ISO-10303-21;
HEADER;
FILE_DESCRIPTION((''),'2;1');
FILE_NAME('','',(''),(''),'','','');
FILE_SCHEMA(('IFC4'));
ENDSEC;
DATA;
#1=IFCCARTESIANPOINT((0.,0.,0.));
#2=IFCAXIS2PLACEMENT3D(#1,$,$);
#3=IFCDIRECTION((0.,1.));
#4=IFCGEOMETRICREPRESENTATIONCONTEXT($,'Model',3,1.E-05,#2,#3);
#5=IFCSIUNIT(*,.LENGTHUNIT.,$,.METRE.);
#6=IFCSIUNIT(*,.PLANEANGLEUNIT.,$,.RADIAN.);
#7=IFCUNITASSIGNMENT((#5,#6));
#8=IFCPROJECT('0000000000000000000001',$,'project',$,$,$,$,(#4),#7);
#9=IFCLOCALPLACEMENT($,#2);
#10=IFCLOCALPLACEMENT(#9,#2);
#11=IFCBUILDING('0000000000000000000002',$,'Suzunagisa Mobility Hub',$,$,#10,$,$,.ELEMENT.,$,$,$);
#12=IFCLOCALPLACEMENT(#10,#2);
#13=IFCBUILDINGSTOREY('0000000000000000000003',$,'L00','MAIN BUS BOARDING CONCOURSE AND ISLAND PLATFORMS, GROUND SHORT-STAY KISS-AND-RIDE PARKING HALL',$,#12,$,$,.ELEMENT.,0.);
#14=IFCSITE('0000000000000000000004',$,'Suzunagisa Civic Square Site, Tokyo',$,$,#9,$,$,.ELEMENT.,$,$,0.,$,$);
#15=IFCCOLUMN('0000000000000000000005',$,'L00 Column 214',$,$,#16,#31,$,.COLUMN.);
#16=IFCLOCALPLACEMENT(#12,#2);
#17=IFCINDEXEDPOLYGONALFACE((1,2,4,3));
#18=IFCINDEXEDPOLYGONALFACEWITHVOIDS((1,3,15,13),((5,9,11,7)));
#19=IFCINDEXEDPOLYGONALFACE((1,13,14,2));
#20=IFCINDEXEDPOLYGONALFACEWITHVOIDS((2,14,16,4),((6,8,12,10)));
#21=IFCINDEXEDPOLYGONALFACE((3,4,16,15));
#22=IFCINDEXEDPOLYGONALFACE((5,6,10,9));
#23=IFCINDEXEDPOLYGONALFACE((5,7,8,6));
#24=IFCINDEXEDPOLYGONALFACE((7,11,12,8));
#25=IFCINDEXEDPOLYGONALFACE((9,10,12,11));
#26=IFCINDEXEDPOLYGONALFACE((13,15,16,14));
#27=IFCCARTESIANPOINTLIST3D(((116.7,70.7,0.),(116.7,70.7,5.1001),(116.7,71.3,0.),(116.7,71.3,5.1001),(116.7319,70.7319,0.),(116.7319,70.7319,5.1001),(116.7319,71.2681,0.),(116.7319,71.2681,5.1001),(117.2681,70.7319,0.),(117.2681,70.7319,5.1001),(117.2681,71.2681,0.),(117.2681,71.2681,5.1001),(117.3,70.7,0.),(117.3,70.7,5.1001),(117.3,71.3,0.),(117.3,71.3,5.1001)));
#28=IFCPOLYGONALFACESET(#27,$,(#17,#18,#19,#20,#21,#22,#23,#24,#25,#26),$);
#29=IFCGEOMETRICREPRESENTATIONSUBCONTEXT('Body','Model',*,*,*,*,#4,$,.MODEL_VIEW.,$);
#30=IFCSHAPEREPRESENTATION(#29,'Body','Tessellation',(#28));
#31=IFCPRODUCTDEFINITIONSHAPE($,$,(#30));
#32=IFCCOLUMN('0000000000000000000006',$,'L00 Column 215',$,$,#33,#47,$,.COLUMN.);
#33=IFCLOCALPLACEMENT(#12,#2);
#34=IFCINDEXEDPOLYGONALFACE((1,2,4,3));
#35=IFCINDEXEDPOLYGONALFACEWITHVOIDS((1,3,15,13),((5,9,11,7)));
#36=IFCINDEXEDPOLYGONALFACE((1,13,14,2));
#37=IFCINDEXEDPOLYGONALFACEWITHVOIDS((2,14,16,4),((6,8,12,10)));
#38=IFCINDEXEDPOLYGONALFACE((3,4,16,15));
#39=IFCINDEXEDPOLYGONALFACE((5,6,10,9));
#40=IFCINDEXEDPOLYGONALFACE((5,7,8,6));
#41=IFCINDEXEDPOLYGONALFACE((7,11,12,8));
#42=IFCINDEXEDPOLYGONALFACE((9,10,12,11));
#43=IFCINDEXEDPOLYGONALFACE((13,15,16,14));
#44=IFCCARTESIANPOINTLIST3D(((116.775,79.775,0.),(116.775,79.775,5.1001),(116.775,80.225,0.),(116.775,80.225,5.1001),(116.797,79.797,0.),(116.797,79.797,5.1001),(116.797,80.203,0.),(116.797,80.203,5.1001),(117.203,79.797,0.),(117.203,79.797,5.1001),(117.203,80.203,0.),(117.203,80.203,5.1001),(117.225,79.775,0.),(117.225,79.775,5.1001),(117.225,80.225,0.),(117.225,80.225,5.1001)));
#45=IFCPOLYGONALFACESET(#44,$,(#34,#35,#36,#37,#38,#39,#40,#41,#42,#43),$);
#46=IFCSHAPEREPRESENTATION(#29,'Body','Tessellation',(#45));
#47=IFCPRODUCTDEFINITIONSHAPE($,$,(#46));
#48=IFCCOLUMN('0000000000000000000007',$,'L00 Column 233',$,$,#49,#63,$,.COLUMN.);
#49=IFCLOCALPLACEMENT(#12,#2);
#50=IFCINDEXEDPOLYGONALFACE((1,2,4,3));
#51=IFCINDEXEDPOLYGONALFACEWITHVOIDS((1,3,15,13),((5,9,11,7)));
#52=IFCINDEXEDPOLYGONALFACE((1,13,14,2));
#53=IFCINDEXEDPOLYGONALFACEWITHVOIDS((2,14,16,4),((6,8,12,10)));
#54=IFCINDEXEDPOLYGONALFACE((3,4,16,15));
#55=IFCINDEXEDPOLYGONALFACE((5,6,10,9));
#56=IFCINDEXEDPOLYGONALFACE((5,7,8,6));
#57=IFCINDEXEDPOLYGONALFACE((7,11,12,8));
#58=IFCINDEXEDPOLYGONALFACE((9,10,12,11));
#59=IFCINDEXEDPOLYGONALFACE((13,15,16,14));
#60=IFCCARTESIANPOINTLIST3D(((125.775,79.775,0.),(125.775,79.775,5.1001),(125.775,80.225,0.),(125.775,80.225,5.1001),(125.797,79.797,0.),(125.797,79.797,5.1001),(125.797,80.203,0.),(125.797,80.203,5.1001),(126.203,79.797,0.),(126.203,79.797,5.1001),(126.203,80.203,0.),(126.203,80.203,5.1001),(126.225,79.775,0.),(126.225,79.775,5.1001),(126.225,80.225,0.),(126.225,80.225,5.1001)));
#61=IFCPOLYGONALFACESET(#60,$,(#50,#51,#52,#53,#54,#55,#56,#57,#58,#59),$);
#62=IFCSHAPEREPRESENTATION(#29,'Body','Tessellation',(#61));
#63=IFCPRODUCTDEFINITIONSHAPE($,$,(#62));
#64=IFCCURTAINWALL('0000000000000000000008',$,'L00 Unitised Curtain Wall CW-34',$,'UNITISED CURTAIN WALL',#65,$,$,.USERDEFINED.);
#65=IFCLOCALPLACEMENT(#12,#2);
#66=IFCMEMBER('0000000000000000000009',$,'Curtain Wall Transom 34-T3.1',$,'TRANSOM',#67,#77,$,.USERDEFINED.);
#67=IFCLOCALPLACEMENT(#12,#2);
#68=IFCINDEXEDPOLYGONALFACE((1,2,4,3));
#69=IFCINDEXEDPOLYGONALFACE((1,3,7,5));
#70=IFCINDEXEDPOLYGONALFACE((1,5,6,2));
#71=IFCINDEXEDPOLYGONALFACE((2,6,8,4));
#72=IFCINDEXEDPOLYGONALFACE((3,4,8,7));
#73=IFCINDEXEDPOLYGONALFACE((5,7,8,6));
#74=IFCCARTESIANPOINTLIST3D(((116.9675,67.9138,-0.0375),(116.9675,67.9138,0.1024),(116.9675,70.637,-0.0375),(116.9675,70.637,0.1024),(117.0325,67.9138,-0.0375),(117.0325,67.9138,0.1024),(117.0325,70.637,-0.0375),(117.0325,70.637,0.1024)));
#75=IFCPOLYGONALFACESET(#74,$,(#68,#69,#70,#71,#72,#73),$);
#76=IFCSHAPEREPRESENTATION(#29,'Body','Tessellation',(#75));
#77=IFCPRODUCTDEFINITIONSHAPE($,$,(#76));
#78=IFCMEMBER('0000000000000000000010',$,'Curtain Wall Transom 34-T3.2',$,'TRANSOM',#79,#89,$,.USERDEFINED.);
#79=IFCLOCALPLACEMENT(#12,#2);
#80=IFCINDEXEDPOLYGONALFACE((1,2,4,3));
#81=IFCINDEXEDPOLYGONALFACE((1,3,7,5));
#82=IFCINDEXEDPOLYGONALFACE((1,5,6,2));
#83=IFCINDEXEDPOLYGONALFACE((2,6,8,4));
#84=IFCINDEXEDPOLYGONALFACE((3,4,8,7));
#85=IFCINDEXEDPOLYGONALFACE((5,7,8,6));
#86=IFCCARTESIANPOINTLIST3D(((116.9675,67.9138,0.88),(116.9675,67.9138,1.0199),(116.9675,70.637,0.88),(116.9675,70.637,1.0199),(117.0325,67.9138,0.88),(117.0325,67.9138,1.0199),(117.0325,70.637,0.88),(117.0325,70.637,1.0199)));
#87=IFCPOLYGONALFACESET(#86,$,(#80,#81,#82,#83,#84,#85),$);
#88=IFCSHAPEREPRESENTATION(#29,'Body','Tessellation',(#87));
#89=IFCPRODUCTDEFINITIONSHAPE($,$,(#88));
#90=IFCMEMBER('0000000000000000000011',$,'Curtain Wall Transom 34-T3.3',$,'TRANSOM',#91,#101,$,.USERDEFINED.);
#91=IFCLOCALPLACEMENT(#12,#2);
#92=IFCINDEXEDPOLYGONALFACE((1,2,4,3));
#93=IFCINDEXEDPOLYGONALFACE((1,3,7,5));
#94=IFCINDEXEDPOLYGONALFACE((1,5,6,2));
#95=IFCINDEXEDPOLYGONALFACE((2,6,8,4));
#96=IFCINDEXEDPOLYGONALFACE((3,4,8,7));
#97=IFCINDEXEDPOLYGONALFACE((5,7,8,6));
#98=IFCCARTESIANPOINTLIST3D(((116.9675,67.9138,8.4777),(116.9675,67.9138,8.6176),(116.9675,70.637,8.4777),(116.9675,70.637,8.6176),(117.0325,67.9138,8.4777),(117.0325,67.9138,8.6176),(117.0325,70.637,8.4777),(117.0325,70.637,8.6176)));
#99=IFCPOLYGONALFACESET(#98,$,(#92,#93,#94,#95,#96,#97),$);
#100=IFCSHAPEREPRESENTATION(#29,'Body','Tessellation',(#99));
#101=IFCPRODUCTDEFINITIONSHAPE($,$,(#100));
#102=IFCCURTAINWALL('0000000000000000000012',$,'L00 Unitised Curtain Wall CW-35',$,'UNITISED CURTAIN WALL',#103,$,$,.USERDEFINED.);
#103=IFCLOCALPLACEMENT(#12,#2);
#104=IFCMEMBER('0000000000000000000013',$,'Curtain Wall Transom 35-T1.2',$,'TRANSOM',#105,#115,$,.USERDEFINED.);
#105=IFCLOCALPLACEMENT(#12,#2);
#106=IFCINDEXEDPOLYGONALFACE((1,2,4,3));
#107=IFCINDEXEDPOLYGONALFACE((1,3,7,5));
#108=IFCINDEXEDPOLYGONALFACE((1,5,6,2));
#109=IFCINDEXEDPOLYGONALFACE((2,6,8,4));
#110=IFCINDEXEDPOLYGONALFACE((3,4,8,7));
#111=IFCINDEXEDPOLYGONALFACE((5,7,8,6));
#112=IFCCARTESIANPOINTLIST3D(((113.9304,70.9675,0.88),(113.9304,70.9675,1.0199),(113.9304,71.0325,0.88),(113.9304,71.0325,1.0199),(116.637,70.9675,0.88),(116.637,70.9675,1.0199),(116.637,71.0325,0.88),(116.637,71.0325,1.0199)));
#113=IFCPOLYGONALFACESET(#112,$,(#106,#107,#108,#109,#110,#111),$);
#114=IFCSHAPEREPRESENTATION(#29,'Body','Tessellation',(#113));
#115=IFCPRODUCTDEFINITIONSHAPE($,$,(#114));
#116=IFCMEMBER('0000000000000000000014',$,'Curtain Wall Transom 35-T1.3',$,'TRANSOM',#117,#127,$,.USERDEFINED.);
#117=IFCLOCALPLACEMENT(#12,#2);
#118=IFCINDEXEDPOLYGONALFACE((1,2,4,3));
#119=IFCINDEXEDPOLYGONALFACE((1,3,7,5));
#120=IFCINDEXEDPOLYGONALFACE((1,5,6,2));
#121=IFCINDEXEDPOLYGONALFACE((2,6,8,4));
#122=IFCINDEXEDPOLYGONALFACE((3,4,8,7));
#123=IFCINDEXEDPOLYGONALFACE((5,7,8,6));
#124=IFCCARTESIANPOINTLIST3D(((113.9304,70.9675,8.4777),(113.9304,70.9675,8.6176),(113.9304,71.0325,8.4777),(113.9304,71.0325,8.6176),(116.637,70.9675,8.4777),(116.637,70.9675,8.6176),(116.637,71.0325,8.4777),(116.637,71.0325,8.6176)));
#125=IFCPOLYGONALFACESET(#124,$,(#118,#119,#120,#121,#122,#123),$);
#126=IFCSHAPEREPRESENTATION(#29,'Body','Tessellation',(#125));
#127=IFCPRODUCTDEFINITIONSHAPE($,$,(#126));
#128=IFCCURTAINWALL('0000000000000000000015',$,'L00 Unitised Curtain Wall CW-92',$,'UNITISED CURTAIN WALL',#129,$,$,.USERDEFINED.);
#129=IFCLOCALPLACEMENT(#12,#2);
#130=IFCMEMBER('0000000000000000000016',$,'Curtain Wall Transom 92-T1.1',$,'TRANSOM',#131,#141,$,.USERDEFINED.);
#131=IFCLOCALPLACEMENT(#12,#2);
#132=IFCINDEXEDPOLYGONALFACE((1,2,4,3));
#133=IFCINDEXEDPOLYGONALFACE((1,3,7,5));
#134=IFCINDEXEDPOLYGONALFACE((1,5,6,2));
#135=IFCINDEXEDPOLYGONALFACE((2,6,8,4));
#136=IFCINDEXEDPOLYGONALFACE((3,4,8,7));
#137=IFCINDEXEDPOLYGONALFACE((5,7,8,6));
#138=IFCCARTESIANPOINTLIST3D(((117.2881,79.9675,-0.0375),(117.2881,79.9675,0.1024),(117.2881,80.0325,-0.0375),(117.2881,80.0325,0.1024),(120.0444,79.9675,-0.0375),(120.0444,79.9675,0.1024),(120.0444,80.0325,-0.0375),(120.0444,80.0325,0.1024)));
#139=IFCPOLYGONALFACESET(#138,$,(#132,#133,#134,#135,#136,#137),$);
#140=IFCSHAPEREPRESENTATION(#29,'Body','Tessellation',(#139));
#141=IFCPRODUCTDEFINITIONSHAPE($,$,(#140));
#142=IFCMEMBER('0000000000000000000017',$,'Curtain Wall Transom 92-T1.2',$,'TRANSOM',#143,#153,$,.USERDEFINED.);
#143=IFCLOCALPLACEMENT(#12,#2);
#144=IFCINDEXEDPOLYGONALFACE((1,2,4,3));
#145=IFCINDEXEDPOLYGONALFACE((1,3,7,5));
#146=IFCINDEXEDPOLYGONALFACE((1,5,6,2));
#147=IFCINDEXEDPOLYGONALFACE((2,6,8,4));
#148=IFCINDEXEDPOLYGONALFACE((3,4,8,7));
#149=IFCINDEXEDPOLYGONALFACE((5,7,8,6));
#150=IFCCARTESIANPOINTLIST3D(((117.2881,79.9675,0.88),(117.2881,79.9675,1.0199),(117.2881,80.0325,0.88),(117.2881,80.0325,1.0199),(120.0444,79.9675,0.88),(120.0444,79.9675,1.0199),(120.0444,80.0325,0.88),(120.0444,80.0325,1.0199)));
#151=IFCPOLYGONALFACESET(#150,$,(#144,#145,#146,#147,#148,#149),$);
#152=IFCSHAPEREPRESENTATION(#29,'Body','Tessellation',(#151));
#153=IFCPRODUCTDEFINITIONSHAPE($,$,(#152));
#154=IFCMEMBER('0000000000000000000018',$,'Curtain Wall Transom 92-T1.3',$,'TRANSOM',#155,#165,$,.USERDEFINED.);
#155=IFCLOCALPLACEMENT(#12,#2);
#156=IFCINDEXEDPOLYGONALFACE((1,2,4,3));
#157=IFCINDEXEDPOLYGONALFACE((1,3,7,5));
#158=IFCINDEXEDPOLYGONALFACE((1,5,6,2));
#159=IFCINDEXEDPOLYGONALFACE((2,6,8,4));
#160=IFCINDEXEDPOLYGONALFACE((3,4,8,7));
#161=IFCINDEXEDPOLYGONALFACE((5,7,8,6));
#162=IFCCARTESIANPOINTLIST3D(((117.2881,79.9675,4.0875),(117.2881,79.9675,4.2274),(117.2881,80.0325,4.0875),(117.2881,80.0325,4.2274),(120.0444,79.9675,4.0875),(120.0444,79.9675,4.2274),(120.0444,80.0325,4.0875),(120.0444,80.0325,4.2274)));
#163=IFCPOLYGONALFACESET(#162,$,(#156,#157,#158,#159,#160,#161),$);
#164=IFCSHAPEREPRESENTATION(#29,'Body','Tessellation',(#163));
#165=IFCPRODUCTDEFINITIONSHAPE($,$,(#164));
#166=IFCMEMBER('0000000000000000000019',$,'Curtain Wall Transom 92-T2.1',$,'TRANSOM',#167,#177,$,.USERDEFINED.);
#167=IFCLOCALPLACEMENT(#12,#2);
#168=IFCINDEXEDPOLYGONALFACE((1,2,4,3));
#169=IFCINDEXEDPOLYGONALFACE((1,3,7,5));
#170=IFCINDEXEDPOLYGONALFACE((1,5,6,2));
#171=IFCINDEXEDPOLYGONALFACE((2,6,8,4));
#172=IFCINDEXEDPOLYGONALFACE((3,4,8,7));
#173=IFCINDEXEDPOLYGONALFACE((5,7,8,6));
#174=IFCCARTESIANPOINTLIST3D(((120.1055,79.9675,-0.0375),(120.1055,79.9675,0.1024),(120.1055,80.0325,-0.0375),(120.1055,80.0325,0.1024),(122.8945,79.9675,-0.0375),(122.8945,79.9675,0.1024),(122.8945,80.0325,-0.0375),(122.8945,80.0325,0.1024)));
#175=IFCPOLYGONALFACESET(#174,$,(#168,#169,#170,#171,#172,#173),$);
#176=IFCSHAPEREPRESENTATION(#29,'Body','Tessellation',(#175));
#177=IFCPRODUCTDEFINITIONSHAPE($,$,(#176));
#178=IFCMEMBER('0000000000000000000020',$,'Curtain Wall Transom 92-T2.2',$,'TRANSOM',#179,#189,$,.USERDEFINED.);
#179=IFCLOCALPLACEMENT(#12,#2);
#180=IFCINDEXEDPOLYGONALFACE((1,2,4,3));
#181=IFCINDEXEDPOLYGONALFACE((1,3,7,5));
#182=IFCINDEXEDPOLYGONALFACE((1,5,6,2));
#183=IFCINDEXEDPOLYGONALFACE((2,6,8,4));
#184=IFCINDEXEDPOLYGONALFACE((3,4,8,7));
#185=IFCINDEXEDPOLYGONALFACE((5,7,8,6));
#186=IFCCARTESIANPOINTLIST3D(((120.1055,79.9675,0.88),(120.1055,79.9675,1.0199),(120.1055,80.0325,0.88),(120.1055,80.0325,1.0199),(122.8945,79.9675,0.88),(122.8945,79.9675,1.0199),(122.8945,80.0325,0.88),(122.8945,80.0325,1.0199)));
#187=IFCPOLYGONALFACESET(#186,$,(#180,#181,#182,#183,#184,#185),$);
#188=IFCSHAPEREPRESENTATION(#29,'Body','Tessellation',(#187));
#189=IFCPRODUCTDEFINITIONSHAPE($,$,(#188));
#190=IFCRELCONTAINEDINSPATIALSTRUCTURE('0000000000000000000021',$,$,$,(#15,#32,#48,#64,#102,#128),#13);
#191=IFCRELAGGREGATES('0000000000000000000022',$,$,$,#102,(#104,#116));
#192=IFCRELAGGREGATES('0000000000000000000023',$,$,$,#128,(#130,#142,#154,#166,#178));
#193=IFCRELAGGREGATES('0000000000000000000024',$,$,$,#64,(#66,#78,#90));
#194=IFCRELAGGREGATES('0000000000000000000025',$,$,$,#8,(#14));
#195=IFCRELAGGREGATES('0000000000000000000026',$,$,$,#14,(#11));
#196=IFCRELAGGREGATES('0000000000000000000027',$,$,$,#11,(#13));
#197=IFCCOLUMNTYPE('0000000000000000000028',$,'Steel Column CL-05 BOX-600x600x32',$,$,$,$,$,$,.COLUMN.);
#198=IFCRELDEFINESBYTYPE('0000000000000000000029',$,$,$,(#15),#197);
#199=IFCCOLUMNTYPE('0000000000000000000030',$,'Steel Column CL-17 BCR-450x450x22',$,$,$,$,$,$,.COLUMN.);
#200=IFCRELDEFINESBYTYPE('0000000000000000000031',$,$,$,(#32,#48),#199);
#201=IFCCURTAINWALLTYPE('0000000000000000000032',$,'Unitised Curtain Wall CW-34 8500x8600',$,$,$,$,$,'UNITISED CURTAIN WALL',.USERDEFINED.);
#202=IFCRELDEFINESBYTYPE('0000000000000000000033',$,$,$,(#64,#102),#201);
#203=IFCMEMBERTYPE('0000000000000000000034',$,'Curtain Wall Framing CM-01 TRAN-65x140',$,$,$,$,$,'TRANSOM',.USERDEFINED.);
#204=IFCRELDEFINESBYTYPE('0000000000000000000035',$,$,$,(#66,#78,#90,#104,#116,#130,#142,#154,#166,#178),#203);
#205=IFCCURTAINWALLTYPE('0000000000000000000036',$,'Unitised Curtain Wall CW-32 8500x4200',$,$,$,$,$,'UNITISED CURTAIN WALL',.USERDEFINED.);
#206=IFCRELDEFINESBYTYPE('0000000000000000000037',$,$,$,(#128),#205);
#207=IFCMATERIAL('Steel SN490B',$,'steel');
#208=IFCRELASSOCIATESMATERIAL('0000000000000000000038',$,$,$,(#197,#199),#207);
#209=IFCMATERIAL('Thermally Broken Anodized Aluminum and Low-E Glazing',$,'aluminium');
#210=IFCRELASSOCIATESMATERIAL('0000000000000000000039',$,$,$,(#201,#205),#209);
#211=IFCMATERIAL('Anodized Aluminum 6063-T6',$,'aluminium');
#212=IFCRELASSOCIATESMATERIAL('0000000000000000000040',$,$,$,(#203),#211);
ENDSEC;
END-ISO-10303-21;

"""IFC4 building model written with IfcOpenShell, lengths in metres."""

from ifc_helpers import new_model, si_unit, direction, frame, origin, origin_2d, place, context, subcontext, project, spatial, rectangle, hollow_rectangle, extrude, material, material_profile, profile_set, type_object, element, aggregate, save


model = new_model("IFC4")

# Units and contexts
model_context = context("Model", 3, precision=1e-05, world=origin(), true_north=direction((0.0, 1.0)))
body_context = subcontext(model_context, "Body", "Model", "MODEL_VIEW")
ifc_project = project(units=[si_unit("LENGTHUNIT", "METRE"), si_unit("PLANEANGLEUNIT", "RADIAN")], contexts=[model_context])

# Site, building, storey
site_placement = place(None, origin())
site = spatial("IfcSite", under=ifc_project, at=site_placement, Name="Suzunagisa Civic Square Site, Tokyo", CompositionType="ELEMENT", RefElevation=0.0)
building_placement = place(site_placement, origin())
building = spatial("IfcBuilding", under=site, at=building_placement, Name="Suzunagisa Mobility Hub", CompositionType="ELEMENT")
storey_placement = place(building_placement, origin())
storey = spatial("IfcBuildingStorey", under=building, at=storey_placement, Name="L00", Description="MAIN BUS BOARDING CONCOURSE AND ISLAND PLATFORMS, GROUND SHORT-STAY KISS-AND-RIDE PARKING HALL", CompositionType="ELEMENT", Elevation=0.0)

# Columns
ifc_material_1 = material(Name="Steel SN490B", Category="steel")
ifc_material_profile_1 = material_profile(ifc_material_1, hollow_rectangle(XDim=0.6001, YDim=0.6001, WallThickness=0.032, at=origin_2d()), Name="BOX-600x600x32")
ifc_profile_set_1 = profile_set([ifc_material_profile_1], Name="Steel SN490B")
column_type_1 = type_object("IfcColumnType", Name="Steel Column CL-05 BOX-600x600x32", PredefinedType="COLUMN", material=ifc_profile_set_1)
column_placement = place(storey_placement, frame((117.0, 71.0, 0.0), z_axis=(0.0, 0.0, 1.0), x_axis=(1.0, 0.0, 0.0)))
element("IfcColumn", 1, at=column_placement, inside=storey, type_object=column_type_1, Name="L00 Column 214", PredefinedType="COLUMN", context=body_context, shape_type="SweptSolid", body=[
    extrude(hollow_rectangle(XDim=0.6001, YDim=0.6001, WallThickness=0.032, at=origin_2d()), origin(), (0.0, 0.0, 1.0), 5.1001),
])
ifc_material_profile_2 = material_profile(ifc_material_1, hollow_rectangle(XDim=0.45, YDim=0.45, WallThickness=0.022, at=origin_2d()), Name="BCR-450x450x22")
ifc_profile_set_2 = profile_set([ifc_material_profile_2], Name="Steel SN490B")
column_type_2 = type_object("IfcColumnType", Name="Steel Column CL-17 BCR-450x450x22", PredefinedType="COLUMN", material=ifc_profile_set_2)
for number, where, z_axis, x_axis, name in (
    (2, (117.0, 80.0, 0.0), (0.0, 0.0, 1.0), (1.0, 0.0, 0.0), "L00 Column 215"),
    (3, (126.0, 80.0, 0.0), (0.0, 0.0, 1.0), (1.0, 0.0, 0.0), "L00 Column 233"),
):
    element("IfcColumn", number, at=place(storey_placement, frame(where, z_axis=z_axis, x_axis=x_axis)), inside=storey, type_object=column_type_2, Name=name, PredefinedType="COLUMN", context=body_context, shape_type="SweptSolid", body=[
        extrude(hollow_rectangle(XDim=0.45, YDim=0.45, WallThickness=0.022, at=origin_2d()), origin(), (0.0, 0.0, 1.0), 5.1001),
    ])

# Curtain walls, members
ifc_material_2 = material(Name="Thermally Broken Anodized Aluminum and Low-E Glazing", Category="aluminium")
curtain_wall_type_1 = type_object("IfcCurtainWallType", Name="Unitised Curtain Wall CW-34 8500x8600", ElementType="UNITISED CURTAIN WALL", PredefinedType="USERDEFINED", material=ifc_material_2)
curtain_wall_1_placement = place(storey_placement, origin())
curtain_wall_1 = element("IfcCurtainWall", 4, at=curtain_wall_1_placement, inside=storey, type_object=curtain_wall_type_1, Name="L00 Unitised Curtain Wall CW-34", ObjectType="UNITISED CURTAIN WALL", PredefinedType="USERDEFINED")
ifc_material_3 = material(Name="Anodized Aluminum 6063-T6", Category="aluminium")
ifc_material_profile_3 = material_profile(ifc_material_3, rectangle(XDim=0.0649, YDim=0.1399, at=origin_2d()), Name="TRAN-65x140")
ifc_profile_set_3 = profile_set([ifc_material_profile_3], Name="Anodized Aluminum 6063-T6")
member_type_1 = type_object("IfcMemberType", Name="Curtain Wall Framing CM-01 TRAN-65x140", ElementType="TRANSOM", PredefinedType="USERDEFINED", material=ifc_profile_set_3)
member_1_placement = place(storey_placement, frame((117.0, 67.9138, 0.0325), z_axis=(0.0, 1.0, 0.0), x_axis=(-1.0, 0.0, 0.0)))
member_1 = element("IfcMember", 5, at=member_1_placement, type_object=member_type_1, Name="Curtain Wall Transom 34-T3.1", ObjectType="TRANSOM", PredefinedType="USERDEFINED", context=body_context, shape_type="SweptSolid", body=[
    extrude(rectangle(XDim=0.0649, YDim=0.1399, at=origin_2d()), origin(), (0.0, 0.0, 1.0), 2.7231),
])
member_2_placement = place(storey_placement, frame((117.0, 67.9138, 0.95), z_axis=(0.0, 1.0, 0.0), x_axis=(-1.0, 0.0, 0.0)))
member_2 = element("IfcMember", 6, at=member_2_placement, type_object=member_type_1, Name="Curtain Wall Transom 34-T3.2", ObjectType="TRANSOM", PredefinedType="USERDEFINED", context=body_context, shape_type="SweptSolid", body=[
    extrude(rectangle(XDim=0.0649, YDim=0.1399, at=origin_2d()), origin(), (0.0, 0.0, 1.0), 2.7231),
])
member_3_placement = place(storey_placement, frame((117.0, 67.9138, 8.5476), z_axis=(0.0, 1.0, 0.0), x_axis=(-1.0, 0.0, 0.0)))
member_3 = element("IfcMember", 7, at=member_3_placement, type_object=member_type_1, Name="Curtain Wall Transom 34-T3.3", ObjectType="TRANSOM", PredefinedType="USERDEFINED", context=body_context, shape_type="SweptSolid", body=[
    extrude(rectangle(XDim=0.0649, YDim=0.1399, at=origin_2d()), origin(), (0.0, 0.0, 1.0), 2.7231),
])
curtain_wall_2_placement = place(storey_placement, origin())
curtain_wall_2 = element("IfcCurtainWall", 8, at=curtain_wall_2_placement, inside=storey, type_object=curtain_wall_type_1, Name="L00 Unitised Curtain Wall CW-35", ObjectType="UNITISED CURTAIN WALL", PredefinedType="USERDEFINED")
member_4_placement = place(storey_placement, frame((116.637, 71.0, 0.95), z_axis=(-1.0, 0.0, 0.0), x_axis=(0.0, -1.0, 0.0)))
member_4 = element("IfcMember", 9, at=member_4_placement, type_object=member_type_1, Name="Curtain Wall Transom 35-T1.2", ObjectType="TRANSOM", PredefinedType="USERDEFINED", context=body_context, shape_type="SweptSolid", body=[
    extrude(rectangle(XDim=0.0649, YDim=0.1399, at=origin_2d()), origin(), (0.0, 0.0, 1.0), 2.7065),
])
member_5_placement = place(storey_placement, frame((116.637, 71.0, 8.5476), z_axis=(-1.0, 0.0, 0.0), x_axis=(0.0, -1.0, 0.0)))
member_5 = element("IfcMember", 10, at=member_5_placement, type_object=member_type_1, Name="Curtain Wall Transom 35-T1.3", ObjectType="TRANSOM", PredefinedType="USERDEFINED", context=body_context, shape_type="SweptSolid", body=[
    extrude(rectangle(XDim=0.0649, YDim=0.1399, at=origin_2d()), origin(), (0.0, 0.0, 1.0), 2.7065),
])
curtain_wall_type_2 = type_object("IfcCurtainWallType", Name="Unitised Curtain Wall CW-32 8500x4200", ElementType="UNITISED CURTAIN WALL", PredefinedType="USERDEFINED", material=ifc_material_2)
curtain_wall_3_placement = place(storey_placement, origin())
curtain_wall_3 = element("IfcCurtainWall", 11, at=curtain_wall_3_placement, inside=storey, type_object=curtain_wall_type_2, Name="L00 Unitised Curtain Wall CW-92", ObjectType="UNITISED CURTAIN WALL", PredefinedType="USERDEFINED")
member_6_placement = place(storey_placement, frame((117.2881, 80.0, 0.0325), z_axis=(1.0, 0.0, 0.0), x_axis=(0.0, 1.0, 0.0)))
member_6 = element("IfcMember", 12, at=member_6_placement, type_object=member_type_1, Name="Curtain Wall Transom 92-T1.1", ObjectType="TRANSOM", PredefinedType="USERDEFINED", context=body_context, shape_type="SweptSolid", body=[
    extrude(rectangle(XDim=0.0649, YDim=0.1399, at=origin_2d()), origin(), (0.0, 0.0, 1.0), 2.7563),
])
member_7_placement = place(storey_placement, frame((117.2881, 80.0, 0.95), z_axis=(1.0, 0.0, 0.0), x_axis=(0.0, 1.0, 0.0)))
member_7 = element("IfcMember", 13, at=member_7_placement, type_object=member_type_1, Name="Curtain Wall Transom 92-T1.2", ObjectType="TRANSOM", PredefinedType="USERDEFINED", context=body_context, shape_type="SweptSolid", body=[
    extrude(rectangle(XDim=0.0649, YDim=0.1399, at=origin_2d()), origin(), (0.0, 0.0, 1.0), 2.7563),
])
member_8_placement = place(storey_placement, frame((117.2881, 80.0, 4.1575), z_axis=(1.0, 0.0, 0.0), x_axis=(0.0, 1.0, 0.0)))
member_8 = element("IfcMember", 14, at=member_8_placement, type_object=member_type_1, Name="Curtain Wall Transom 92-T1.3", ObjectType="TRANSOM", PredefinedType="USERDEFINED", context=body_context, shape_type="SweptSolid", body=[
    extrude(rectangle(XDim=0.0649, YDim=0.1399, at=origin_2d()), origin(), (0.0, 0.0, 1.0), 2.7563),
])
member_9_placement = place(storey_placement, frame((120.1055, 80.0, 0.0325), z_axis=(1.0, 0.0, 0.0), x_axis=(0.0, 1.0, 0.0)))
member_9 = element("IfcMember", 15, at=member_9_placement, type_object=member_type_1, Name="Curtain Wall Transom 92-T2.1", ObjectType="TRANSOM", PredefinedType="USERDEFINED", context=body_context, shape_type="SweptSolid", body=[
    extrude(rectangle(XDim=0.0649, YDim=0.1399, at=origin_2d()), origin(), (0.0, 0.0, 1.0), 2.7891),
])
member_10_placement = place(storey_placement, frame((120.1055, 80.0, 0.95), z_axis=(1.0, 0.0, 0.0), x_axis=(0.0, 1.0, 0.0)))
member_10 = element("IfcMember", 16, at=member_10_placement, type_object=member_type_1, Name="Curtain Wall Transom 92-T2.2", ObjectType="TRANSOM", PredefinedType="USERDEFINED", context=body_context, shape_type="SweptSolid", body=[
    extrude(rectangle(XDim=0.0649, YDim=0.1399, at=origin_2d()), origin(), (0.0, 0.0, 1.0), 2.7891),
])

aggregate(curtain_wall_2, [member_4, member_5])

aggregate(curtain_wall_3, [member_6, member_7, member_8, member_9, member_10])
aggregate(curtain_wall_1, [member_1, member_2, member_3])

save(model, "model.ifc")
